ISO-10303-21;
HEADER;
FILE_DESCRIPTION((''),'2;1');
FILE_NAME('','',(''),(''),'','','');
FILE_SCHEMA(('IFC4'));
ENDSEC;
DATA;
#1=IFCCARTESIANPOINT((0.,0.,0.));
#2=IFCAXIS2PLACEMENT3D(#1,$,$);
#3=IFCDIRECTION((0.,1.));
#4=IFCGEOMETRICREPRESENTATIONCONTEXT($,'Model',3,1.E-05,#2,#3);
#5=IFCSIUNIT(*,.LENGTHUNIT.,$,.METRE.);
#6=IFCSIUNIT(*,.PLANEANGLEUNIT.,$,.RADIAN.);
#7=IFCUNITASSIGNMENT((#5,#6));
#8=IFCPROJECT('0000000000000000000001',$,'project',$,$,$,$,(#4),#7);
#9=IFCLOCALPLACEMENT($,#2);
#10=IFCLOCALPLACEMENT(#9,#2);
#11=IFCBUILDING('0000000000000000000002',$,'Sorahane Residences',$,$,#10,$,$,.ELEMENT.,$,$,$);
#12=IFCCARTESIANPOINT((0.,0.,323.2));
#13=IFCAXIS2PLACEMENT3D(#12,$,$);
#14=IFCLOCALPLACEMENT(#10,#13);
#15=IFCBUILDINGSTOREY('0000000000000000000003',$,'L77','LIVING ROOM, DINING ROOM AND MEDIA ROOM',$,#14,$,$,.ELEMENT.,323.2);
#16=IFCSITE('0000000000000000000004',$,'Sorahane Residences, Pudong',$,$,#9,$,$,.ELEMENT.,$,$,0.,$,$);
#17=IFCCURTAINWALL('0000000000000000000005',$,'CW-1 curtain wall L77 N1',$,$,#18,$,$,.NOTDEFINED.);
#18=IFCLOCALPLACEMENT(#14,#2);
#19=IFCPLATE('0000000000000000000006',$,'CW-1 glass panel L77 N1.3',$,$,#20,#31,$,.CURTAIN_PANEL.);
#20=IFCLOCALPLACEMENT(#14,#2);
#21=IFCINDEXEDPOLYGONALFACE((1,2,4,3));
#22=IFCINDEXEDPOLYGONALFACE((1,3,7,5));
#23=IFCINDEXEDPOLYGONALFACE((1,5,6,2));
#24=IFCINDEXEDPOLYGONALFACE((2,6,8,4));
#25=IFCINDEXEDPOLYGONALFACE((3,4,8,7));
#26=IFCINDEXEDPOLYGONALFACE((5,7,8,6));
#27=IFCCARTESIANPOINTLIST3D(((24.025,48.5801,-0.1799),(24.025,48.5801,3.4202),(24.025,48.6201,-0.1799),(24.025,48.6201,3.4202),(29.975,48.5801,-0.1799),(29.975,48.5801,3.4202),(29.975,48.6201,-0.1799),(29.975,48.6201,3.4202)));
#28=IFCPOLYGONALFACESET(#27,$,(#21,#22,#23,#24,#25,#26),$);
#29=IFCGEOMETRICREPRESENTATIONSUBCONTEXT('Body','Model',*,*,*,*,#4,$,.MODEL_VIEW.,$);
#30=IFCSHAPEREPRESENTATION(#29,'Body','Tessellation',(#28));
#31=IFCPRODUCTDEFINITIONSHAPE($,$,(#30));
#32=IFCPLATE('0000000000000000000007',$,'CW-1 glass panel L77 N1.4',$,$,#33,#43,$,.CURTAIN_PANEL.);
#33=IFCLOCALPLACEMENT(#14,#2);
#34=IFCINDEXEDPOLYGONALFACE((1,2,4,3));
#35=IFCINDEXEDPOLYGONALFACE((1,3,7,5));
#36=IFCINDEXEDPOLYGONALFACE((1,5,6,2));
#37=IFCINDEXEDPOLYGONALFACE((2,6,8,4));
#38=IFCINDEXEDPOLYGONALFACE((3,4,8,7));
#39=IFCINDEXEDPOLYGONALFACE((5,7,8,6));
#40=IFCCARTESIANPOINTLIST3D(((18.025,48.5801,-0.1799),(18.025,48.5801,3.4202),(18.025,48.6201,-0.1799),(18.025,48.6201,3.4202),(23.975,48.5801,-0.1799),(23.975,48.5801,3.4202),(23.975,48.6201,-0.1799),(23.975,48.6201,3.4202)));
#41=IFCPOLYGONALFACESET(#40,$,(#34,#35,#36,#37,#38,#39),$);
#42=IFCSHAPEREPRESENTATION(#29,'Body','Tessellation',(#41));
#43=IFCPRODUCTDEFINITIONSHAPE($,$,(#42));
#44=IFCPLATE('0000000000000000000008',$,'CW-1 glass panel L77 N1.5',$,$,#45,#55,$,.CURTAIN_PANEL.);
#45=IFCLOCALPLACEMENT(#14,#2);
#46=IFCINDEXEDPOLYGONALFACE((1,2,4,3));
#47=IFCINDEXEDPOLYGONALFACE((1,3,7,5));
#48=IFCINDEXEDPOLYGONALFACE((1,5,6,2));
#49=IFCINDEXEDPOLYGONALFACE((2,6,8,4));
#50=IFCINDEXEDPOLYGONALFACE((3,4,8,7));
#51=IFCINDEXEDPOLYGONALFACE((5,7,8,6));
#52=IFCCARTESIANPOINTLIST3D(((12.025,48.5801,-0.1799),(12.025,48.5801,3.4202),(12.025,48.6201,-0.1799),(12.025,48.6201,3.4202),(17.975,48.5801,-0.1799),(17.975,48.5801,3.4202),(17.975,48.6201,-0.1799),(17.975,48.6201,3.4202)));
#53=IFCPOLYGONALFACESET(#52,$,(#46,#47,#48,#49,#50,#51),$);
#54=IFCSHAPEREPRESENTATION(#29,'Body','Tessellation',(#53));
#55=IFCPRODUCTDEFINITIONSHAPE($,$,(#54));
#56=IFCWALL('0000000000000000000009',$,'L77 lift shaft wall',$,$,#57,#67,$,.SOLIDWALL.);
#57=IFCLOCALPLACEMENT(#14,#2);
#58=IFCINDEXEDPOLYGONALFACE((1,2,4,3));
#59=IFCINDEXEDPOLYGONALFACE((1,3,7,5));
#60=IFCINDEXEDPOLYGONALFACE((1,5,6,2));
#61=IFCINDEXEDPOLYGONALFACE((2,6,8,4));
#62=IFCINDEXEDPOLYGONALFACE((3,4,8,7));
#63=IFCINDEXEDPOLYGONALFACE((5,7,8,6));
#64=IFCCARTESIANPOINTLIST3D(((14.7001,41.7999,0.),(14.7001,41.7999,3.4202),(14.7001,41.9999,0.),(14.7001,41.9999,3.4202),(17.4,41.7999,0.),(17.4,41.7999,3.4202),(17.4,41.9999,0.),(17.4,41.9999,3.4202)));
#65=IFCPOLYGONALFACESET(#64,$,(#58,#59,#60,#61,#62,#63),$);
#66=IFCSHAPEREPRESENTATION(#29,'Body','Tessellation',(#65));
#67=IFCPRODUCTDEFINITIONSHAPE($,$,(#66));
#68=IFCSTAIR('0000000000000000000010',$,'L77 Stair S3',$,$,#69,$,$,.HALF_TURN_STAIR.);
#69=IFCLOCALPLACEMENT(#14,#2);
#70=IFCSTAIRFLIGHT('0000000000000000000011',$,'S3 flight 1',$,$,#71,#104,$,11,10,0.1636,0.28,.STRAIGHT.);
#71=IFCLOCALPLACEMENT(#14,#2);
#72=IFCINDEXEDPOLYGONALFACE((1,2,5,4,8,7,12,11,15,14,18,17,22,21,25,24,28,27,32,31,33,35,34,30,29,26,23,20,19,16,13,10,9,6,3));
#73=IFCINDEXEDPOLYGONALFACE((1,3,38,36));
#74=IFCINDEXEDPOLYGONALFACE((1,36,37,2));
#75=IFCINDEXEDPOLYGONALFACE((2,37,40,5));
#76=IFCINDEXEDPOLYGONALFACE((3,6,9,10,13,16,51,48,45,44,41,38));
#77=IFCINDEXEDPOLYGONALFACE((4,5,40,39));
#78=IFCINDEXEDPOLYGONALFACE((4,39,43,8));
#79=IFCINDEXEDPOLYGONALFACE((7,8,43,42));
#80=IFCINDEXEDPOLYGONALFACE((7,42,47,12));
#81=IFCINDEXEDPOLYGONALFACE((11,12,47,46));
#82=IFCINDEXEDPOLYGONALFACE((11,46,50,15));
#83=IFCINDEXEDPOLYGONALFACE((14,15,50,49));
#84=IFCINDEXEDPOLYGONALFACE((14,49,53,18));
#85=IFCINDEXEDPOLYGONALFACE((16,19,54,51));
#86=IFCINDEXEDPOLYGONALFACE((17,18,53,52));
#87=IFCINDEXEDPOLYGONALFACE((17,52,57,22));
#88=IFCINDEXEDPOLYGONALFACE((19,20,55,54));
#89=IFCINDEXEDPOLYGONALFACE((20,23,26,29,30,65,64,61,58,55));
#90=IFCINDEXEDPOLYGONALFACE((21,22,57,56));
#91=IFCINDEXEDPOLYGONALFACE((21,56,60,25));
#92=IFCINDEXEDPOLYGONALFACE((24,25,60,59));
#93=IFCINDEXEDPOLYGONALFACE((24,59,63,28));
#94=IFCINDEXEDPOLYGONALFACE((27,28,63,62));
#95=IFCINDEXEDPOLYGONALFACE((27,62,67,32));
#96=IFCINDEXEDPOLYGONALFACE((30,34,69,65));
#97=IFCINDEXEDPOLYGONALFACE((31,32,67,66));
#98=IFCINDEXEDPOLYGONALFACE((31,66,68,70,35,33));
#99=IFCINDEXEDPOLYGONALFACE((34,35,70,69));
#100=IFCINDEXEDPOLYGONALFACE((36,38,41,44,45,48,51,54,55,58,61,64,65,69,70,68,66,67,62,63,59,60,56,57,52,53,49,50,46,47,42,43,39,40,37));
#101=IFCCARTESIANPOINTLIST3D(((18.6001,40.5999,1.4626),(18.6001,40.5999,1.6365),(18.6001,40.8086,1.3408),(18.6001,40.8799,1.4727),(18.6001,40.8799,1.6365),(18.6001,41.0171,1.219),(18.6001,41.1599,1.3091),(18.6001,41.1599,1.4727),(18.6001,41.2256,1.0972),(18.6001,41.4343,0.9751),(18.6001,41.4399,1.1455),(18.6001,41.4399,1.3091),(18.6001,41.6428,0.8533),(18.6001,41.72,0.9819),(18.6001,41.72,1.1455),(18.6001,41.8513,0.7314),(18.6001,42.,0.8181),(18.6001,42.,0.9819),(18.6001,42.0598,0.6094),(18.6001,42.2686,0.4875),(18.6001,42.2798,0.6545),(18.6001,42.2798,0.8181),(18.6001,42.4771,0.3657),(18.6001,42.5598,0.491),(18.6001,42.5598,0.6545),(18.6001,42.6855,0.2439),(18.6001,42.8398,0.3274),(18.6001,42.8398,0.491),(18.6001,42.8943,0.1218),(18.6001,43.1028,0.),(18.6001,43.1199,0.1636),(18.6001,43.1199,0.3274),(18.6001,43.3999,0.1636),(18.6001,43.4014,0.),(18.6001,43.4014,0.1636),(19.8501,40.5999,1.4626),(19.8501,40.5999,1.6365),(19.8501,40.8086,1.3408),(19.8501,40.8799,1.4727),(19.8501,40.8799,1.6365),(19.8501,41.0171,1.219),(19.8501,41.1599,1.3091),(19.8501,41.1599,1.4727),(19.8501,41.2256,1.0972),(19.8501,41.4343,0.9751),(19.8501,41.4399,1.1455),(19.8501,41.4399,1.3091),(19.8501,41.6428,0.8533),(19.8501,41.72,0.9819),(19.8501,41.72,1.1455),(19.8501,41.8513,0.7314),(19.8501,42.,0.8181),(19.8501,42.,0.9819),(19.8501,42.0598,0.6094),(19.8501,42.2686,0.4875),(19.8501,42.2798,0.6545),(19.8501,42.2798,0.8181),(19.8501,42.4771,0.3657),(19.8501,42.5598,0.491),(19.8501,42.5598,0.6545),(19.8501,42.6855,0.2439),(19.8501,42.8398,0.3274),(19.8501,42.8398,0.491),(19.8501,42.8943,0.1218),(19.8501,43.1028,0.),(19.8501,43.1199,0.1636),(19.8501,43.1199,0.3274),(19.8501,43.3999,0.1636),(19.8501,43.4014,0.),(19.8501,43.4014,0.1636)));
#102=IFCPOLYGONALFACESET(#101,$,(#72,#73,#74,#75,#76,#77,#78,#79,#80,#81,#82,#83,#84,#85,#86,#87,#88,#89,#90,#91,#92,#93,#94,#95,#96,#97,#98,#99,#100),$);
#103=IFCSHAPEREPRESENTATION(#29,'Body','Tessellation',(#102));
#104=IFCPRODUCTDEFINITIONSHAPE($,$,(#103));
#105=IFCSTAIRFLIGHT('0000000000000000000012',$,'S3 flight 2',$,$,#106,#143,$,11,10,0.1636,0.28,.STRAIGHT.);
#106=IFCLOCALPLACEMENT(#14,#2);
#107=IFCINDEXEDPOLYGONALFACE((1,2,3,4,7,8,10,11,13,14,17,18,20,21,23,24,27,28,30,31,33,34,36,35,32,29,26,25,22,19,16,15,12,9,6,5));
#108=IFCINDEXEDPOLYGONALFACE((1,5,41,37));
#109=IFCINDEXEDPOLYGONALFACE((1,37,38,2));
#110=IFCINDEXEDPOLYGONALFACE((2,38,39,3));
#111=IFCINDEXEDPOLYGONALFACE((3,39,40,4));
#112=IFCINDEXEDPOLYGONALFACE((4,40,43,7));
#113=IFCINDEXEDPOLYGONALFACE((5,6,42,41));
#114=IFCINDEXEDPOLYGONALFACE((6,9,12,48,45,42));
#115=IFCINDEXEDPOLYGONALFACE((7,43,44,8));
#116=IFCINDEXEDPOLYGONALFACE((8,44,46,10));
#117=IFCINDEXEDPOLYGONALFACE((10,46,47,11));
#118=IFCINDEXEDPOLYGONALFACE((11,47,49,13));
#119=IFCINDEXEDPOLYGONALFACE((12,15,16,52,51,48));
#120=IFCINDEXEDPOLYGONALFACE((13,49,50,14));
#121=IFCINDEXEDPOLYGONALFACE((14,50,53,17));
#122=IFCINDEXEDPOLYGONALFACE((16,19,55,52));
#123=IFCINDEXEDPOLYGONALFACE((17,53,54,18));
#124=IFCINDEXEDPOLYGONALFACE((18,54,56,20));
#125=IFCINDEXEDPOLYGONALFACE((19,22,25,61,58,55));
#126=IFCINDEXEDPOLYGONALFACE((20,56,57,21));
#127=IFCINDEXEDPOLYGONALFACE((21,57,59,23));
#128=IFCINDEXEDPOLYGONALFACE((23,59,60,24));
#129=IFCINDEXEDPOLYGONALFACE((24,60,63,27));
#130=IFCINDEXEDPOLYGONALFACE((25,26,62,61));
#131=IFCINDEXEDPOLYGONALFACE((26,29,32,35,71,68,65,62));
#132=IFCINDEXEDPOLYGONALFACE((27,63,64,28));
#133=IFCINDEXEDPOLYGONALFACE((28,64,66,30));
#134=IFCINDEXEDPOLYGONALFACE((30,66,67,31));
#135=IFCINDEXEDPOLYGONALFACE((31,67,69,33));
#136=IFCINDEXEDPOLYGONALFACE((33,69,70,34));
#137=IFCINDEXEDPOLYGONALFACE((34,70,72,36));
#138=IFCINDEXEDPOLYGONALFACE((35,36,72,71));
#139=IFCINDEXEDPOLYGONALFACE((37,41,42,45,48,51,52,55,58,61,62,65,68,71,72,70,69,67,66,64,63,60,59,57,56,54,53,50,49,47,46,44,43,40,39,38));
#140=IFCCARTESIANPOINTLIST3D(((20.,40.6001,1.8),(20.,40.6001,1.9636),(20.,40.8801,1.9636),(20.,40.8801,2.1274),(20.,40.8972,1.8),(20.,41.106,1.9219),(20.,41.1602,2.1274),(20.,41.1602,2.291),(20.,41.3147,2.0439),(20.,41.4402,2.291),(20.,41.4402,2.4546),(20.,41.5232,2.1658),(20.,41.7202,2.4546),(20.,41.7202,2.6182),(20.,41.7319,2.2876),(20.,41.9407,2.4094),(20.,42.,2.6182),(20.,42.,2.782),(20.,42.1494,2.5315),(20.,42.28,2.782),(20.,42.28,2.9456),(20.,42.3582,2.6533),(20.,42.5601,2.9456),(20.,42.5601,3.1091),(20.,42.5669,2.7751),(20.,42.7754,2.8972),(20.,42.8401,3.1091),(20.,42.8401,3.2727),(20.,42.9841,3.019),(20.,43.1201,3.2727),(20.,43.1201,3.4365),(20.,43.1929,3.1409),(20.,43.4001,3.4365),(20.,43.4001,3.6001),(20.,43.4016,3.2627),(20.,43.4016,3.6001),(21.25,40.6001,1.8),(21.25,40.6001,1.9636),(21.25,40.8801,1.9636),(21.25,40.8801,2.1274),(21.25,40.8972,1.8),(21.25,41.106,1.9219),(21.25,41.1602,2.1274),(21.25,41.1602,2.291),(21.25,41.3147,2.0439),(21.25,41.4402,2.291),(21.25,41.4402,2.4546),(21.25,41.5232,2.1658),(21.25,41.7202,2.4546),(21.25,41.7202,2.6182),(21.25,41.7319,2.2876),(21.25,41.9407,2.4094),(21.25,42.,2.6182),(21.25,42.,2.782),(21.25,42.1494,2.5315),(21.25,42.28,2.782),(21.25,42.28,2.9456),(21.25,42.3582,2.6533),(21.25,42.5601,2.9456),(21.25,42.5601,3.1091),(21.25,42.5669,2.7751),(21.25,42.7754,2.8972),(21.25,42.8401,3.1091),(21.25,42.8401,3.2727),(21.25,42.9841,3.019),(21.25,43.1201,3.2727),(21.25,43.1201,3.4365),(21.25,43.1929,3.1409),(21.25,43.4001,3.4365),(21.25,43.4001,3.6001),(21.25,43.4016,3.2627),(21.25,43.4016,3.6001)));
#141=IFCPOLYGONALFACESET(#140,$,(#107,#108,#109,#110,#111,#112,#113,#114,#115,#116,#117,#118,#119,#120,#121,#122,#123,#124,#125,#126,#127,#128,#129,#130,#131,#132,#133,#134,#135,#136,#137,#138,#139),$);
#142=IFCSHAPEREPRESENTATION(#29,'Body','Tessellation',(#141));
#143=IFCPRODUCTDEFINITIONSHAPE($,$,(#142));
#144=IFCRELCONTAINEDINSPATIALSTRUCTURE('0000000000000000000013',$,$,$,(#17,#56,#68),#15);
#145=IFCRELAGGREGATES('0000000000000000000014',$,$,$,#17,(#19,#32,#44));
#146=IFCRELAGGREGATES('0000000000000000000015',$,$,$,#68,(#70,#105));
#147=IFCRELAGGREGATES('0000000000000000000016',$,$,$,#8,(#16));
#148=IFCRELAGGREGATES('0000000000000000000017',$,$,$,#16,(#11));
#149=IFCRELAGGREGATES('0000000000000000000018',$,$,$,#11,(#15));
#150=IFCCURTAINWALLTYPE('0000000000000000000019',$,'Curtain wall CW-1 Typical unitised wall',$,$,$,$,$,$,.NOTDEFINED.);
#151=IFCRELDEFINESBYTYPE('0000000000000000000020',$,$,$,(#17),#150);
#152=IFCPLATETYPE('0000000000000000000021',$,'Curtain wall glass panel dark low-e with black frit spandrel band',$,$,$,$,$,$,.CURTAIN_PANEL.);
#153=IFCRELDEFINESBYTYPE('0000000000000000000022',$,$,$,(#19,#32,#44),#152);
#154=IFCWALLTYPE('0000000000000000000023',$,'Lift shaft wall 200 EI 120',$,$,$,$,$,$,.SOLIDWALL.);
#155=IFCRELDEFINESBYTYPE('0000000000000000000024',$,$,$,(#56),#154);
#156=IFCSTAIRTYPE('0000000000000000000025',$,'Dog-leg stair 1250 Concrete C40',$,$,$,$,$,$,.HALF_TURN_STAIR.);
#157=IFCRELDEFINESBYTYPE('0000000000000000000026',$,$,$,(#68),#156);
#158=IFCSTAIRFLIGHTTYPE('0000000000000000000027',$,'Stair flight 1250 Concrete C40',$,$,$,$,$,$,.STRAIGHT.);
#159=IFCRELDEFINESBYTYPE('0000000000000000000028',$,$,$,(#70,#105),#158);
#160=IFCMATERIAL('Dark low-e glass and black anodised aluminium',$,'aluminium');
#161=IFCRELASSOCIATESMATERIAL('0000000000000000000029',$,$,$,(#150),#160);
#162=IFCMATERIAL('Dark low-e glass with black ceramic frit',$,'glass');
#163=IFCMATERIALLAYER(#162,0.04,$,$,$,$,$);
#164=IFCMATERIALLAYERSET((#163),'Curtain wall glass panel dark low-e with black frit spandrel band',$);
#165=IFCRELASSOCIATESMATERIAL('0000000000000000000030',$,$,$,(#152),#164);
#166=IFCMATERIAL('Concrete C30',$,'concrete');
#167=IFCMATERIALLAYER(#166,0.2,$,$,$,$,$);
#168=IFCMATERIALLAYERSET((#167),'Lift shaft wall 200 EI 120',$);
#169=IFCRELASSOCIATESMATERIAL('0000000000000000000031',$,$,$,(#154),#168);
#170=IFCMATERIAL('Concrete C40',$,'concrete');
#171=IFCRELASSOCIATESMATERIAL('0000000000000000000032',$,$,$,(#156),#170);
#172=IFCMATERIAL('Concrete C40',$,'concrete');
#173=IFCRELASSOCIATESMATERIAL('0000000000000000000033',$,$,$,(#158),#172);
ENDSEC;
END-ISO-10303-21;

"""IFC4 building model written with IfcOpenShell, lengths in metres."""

from ifc_helpers import new_model, si_unit, direction, frame, frame_2d, origin, origin_2d, place, context, subcontext, project, spatial, polyline, rectangle, outline, extrude, material, layer, layer_set, type_object, element, aggregate, save


model = new_model("IFC4")

# Units and contexts
model_context = context("Model", 3, precision=1e-05, world=origin(), true_north=direction((0.0, 1.0)))
body_context = subcontext(model_context, "Body", "Model", "MODEL_VIEW")
ifc_project = project(units=[si_unit("LENGTHUNIT", "METRE"), si_unit("PLANEANGLEUNIT", "RADIAN")], contexts=[model_context])

# Site, building, storey
site_placement = place(None, origin())
site = spatial("IfcSite", under=ifc_project, at=site_placement, Name="Sorahane Residences, Pudong", CompositionType="ELEMENT", RefElevation=0.0)
building_placement = place(site_placement, origin())
building = spatial("IfcBuilding", under=site, at=building_placement, Name="Sorahane Residences", CompositionType="ELEMENT")
storey_placement = place(building_placement, frame((0.0, 0.0, 323.2)))
storey = spatial("IfcBuildingStorey", under=building, at=storey_placement, Name="L77", Description="LIVING ROOM, DINING ROOM AND MEDIA ROOM", CompositionType="ELEMENT", Elevation=323.2)

# Curtain wall
ifc_material_1 = material(Name="Dark low-e glass and black anodised aluminium", Category="aluminium")
curtain_wall_type = type_object("IfcCurtainWallType", Name="Curtain wall CW-1 Typical unitised wall", PredefinedType="NOTDEFINED", material=ifc_material_1)
curtain_wall_placement = place(storey_placement, origin())
curtain_wall = element("IfcCurtainWall", 1, at=curtain_wall_placement, inside=storey, type_object=curtain_wall_type, Name="CW-1 curtain wall L77 N1", PredefinedType="NOTDEFINED")

# Plates
ifc_material_2 = material(Name="Dark low-e glass with black ceramic frit", Category="glass")
ifc_layer_1 = layer(ifc_material_2, 0.04)
ifc_layer_set_1 = layer_set([ifc_layer_1], Name="Curtain wall glass panel dark low-e with black frit spandrel band")
plate_type = type_object("IfcPlateType", Name="Curtain wall glass panel dark low-e with black frit spandrel band", PredefinedType="CURTAIN_PANEL", material=ifc_layer_set_1)
plate_1_placement = place(storey_placement, frame((27.0, 48.6001, -0.1799), z_axis=(0.0, 0.0, 1.0), x_axis=(-1.0, 0.0, 0.0)))
plate_1 = element("IfcPlate", 2, at=plate_1_placement, type_object=plate_type, Name="CW-1 glass panel L77 N1.3", PredefinedType="CURTAIN_PANEL", context=body_context, shape_type="SweptSolid", body=[
    extrude(rectangle(XDim=5.95, YDim=0.04, at=origin_2d()), origin(), (0.0, 0.0, 1.0), 3.6001),
])
plate_2_placement = place(storey_placement, frame((21.0, 48.6001, -0.1799), z_axis=(0.0, 0.0, 1.0), x_axis=(-1.0, 0.0, 0.0)))
plate_2 = element("IfcPlate", 3, at=plate_2_placement, type_object=plate_type, Name="CW-1 glass panel L77 N1.4", PredefinedType="CURTAIN_PANEL", context=body_context, shape_type="SweptSolid", body=[
    extrude(rectangle(XDim=5.95, YDim=0.04, at=origin_2d()), origin(), (0.0, 0.0, 1.0), 3.6001),
])
plate_3_placement = place(storey_placement, frame((15.0, 48.6001, -0.1799), z_axis=(0.0, 0.0, 1.0), x_axis=(-1.0, 0.0, 0.0)))
plate_3 = element("IfcPlate", 4, at=plate_3_placement, type_object=plate_type, Name="CW-1 glass panel L77 N1.5", PredefinedType="CURTAIN_PANEL", context=body_context, shape_type="SweptSolid", body=[
    extrude(rectangle(XDim=5.95, YDim=0.04, at=origin_2d()), origin(), (0.0, 0.0, 1.0), 3.6001),
])
aggregate(curtain_wall, [plate_1, plate_2, plate_3])

# Wall
ifc_material_3 = material(Name="Concrete C30", Category="concrete")
ifc_layer_2 = layer(ifc_material_3, 0.2)
ifc_layer_set_2 = layer_set([ifc_layer_2], Name="Lift shaft wall 200 EI 120")
wall_type = type_object("IfcWallType", Name="Lift shaft wall 200 EI 120", PredefinedType="SOLIDWALL", material=ifc_layer_set_2)
wall_placement = place(storey_placement, frame((14.7, 41.8999, 0.0), z_axis=(0.0, 0.0, 1.0), x_axis=(1.0, 0.0, 0.0)))
element("IfcWall", 5, at=wall_placement, inside=storey, type_object=wall_type, Name="L77 lift shaft wall", PredefinedType="SOLIDWALL", context=body_context, shape_type="SweptSolid", body=[
    extrude(rectangle(XDim=2.7, YDim=0.2, at=frame_2d((1.3501, 0.0))), origin(), (0.0, 0.0, 1.0), 3.4202),
])

# Stair, stair flights
ifc_material_4 = material(Name="Concrete C40", Category="concrete")
stair_type = type_object("IfcStairType", Name="Dog-leg stair 1250 Concrete C40", PredefinedType="HALF_TURN_STAIR", material=ifc_material_4)
stair_placement = place(storey_placement, origin())
stair = element("IfcStair", 6, at=stair_placement, inside=storey, type_object=stair_type, Name="L77 Stair S3", PredefinedType="HALF_TURN_STAIR")
ifc_material_5 = material(Name="Concrete C40", Category="concrete")
stair_flight_type = type_object("IfcStairFlightType", Name="Stair flight 1250 Concrete C40", PredefinedType="STRAIGHT", material=ifc_material_5)
stair_flight_1_placement = place(storey_placement, frame((19.2251, 43.3999, 0.0), z_axis=(0.0, 0.0, 1.0), x_axis=(0.0, -1.0, 0.0)))
stair_flight_1 = element("IfcStairFlight", 7, at=stair_flight_1_placement, type_object=stair_flight_type, Name="S3 flight 1", NumberOfRisers=11, NumberOfTreads=10, PredefinedType="STRAIGHT", RiserHeight=0.1636, TreadLength=0.28, context=body_context, shape_type="SweptSolid", body=[
    extrude(outline(polyline([(-0.0015, 0.0), (-0.0015, 0.1636), (0.0, 0.1636), (0.28, 0.1636), (0.28, 0.3274), (0.5601, 0.3274), (0.5601, 0.491), (0.8401, 0.491), (0.8401, 0.6545), (1.1201, 0.6545), (1.1201, 0.8181), (1.3999, 0.8181), (1.3999, 0.9819), (1.6799, 0.9819), (1.6799, 1.1455), (1.96, 1.1455), (1.96, 1.3091), (2.24, 1.3091), (2.24, 1.4727), (2.52, 1.4727), (2.52, 1.6365), (2.8, 1.6365), (2.8, 1.8), (2.8, 1.4626), (2.5913, 1.3408), (2.3828, 1.219), (2.1743, 1.0972), (1.9656, 0.9751), (1.7571, 0.8533), (1.5486, 0.7314), (1.3401, 0.6094), (1.1313, 0.4875), (0.9229, 0.3657), (0.7144, 0.2439), (0.5056, 0.1218), (0.2971, 0.0), (-0.0015, 0.0)])), frame((0.0, 0.625, 0.0), z_axis=(0.0, -1.0, 0.0), x_axis=(1.0, 0.0, 0.0)), (0.0, 0.0, 1.0), 1.25),
])
stair_flight_2_placement = place(storey_placement, frame((20.625, 40.6001, 1.8), z_axis=(0.0, 0.0, 1.0), x_axis=(0.0, 1.0, 0.0)))
stair_flight_2 = element("IfcStairFlight", 8, at=stair_flight_2_placement, type_object=stair_flight_type, Name="S3 flight 2", NumberOfRisers=11, NumberOfTreads=10, PredefinedType="STRAIGHT", RiserHeight=0.1636, TreadLength=0.28, context=body_context, shape_type="SweptSolid", body=[
    extrude(outline(polyline([(0.0, 0.0), (0.0, 0.1636), (0.28, 0.1636), (0.28, 0.3274), (0.5601, 0.3274), (0.5601, 0.491), (0.8401, 0.491), (0.8401, 0.6545), (1.1201, 0.6545), (1.1201, 0.8181), (1.3999, 0.8181), (1.3999, 0.9819), (1.6799, 0.9819), (1.6799, 1.1455), (1.96, 1.1455), (1.96, 1.3091), (2.24, 1.3091), (2.24, 1.4727), (2.52, 1.4727), (2.52, 1.6365), (2.8, 1.6365), (2.8, 1.8), (2.8015, 1.8), (2.8015, 1.4626), (2.5928, 1.3408), (2.384, 1.219), (2.1753, 1.0972), (1.9668, 0.9751), (1.7581, 0.8533), (1.5493, 0.7314), (1.3406, 0.6094), (1.1318, 0.4875), (0.9231, 0.3657), (0.7146, 0.2439), (0.5059, 0.1218), (0.2971, 0.0), (0.0, 0.0)])), frame((0.0, 0.625, 0.0), z_axis=(0.0, -1.0, 0.0), x_axis=(1.0, 0.0, 0.0)), (0.0, 0.0, 1.0), 1.25),
])
aggregate(stair, [stair_flight_1, stair_flight_2])

save(model, "model.ifc")
